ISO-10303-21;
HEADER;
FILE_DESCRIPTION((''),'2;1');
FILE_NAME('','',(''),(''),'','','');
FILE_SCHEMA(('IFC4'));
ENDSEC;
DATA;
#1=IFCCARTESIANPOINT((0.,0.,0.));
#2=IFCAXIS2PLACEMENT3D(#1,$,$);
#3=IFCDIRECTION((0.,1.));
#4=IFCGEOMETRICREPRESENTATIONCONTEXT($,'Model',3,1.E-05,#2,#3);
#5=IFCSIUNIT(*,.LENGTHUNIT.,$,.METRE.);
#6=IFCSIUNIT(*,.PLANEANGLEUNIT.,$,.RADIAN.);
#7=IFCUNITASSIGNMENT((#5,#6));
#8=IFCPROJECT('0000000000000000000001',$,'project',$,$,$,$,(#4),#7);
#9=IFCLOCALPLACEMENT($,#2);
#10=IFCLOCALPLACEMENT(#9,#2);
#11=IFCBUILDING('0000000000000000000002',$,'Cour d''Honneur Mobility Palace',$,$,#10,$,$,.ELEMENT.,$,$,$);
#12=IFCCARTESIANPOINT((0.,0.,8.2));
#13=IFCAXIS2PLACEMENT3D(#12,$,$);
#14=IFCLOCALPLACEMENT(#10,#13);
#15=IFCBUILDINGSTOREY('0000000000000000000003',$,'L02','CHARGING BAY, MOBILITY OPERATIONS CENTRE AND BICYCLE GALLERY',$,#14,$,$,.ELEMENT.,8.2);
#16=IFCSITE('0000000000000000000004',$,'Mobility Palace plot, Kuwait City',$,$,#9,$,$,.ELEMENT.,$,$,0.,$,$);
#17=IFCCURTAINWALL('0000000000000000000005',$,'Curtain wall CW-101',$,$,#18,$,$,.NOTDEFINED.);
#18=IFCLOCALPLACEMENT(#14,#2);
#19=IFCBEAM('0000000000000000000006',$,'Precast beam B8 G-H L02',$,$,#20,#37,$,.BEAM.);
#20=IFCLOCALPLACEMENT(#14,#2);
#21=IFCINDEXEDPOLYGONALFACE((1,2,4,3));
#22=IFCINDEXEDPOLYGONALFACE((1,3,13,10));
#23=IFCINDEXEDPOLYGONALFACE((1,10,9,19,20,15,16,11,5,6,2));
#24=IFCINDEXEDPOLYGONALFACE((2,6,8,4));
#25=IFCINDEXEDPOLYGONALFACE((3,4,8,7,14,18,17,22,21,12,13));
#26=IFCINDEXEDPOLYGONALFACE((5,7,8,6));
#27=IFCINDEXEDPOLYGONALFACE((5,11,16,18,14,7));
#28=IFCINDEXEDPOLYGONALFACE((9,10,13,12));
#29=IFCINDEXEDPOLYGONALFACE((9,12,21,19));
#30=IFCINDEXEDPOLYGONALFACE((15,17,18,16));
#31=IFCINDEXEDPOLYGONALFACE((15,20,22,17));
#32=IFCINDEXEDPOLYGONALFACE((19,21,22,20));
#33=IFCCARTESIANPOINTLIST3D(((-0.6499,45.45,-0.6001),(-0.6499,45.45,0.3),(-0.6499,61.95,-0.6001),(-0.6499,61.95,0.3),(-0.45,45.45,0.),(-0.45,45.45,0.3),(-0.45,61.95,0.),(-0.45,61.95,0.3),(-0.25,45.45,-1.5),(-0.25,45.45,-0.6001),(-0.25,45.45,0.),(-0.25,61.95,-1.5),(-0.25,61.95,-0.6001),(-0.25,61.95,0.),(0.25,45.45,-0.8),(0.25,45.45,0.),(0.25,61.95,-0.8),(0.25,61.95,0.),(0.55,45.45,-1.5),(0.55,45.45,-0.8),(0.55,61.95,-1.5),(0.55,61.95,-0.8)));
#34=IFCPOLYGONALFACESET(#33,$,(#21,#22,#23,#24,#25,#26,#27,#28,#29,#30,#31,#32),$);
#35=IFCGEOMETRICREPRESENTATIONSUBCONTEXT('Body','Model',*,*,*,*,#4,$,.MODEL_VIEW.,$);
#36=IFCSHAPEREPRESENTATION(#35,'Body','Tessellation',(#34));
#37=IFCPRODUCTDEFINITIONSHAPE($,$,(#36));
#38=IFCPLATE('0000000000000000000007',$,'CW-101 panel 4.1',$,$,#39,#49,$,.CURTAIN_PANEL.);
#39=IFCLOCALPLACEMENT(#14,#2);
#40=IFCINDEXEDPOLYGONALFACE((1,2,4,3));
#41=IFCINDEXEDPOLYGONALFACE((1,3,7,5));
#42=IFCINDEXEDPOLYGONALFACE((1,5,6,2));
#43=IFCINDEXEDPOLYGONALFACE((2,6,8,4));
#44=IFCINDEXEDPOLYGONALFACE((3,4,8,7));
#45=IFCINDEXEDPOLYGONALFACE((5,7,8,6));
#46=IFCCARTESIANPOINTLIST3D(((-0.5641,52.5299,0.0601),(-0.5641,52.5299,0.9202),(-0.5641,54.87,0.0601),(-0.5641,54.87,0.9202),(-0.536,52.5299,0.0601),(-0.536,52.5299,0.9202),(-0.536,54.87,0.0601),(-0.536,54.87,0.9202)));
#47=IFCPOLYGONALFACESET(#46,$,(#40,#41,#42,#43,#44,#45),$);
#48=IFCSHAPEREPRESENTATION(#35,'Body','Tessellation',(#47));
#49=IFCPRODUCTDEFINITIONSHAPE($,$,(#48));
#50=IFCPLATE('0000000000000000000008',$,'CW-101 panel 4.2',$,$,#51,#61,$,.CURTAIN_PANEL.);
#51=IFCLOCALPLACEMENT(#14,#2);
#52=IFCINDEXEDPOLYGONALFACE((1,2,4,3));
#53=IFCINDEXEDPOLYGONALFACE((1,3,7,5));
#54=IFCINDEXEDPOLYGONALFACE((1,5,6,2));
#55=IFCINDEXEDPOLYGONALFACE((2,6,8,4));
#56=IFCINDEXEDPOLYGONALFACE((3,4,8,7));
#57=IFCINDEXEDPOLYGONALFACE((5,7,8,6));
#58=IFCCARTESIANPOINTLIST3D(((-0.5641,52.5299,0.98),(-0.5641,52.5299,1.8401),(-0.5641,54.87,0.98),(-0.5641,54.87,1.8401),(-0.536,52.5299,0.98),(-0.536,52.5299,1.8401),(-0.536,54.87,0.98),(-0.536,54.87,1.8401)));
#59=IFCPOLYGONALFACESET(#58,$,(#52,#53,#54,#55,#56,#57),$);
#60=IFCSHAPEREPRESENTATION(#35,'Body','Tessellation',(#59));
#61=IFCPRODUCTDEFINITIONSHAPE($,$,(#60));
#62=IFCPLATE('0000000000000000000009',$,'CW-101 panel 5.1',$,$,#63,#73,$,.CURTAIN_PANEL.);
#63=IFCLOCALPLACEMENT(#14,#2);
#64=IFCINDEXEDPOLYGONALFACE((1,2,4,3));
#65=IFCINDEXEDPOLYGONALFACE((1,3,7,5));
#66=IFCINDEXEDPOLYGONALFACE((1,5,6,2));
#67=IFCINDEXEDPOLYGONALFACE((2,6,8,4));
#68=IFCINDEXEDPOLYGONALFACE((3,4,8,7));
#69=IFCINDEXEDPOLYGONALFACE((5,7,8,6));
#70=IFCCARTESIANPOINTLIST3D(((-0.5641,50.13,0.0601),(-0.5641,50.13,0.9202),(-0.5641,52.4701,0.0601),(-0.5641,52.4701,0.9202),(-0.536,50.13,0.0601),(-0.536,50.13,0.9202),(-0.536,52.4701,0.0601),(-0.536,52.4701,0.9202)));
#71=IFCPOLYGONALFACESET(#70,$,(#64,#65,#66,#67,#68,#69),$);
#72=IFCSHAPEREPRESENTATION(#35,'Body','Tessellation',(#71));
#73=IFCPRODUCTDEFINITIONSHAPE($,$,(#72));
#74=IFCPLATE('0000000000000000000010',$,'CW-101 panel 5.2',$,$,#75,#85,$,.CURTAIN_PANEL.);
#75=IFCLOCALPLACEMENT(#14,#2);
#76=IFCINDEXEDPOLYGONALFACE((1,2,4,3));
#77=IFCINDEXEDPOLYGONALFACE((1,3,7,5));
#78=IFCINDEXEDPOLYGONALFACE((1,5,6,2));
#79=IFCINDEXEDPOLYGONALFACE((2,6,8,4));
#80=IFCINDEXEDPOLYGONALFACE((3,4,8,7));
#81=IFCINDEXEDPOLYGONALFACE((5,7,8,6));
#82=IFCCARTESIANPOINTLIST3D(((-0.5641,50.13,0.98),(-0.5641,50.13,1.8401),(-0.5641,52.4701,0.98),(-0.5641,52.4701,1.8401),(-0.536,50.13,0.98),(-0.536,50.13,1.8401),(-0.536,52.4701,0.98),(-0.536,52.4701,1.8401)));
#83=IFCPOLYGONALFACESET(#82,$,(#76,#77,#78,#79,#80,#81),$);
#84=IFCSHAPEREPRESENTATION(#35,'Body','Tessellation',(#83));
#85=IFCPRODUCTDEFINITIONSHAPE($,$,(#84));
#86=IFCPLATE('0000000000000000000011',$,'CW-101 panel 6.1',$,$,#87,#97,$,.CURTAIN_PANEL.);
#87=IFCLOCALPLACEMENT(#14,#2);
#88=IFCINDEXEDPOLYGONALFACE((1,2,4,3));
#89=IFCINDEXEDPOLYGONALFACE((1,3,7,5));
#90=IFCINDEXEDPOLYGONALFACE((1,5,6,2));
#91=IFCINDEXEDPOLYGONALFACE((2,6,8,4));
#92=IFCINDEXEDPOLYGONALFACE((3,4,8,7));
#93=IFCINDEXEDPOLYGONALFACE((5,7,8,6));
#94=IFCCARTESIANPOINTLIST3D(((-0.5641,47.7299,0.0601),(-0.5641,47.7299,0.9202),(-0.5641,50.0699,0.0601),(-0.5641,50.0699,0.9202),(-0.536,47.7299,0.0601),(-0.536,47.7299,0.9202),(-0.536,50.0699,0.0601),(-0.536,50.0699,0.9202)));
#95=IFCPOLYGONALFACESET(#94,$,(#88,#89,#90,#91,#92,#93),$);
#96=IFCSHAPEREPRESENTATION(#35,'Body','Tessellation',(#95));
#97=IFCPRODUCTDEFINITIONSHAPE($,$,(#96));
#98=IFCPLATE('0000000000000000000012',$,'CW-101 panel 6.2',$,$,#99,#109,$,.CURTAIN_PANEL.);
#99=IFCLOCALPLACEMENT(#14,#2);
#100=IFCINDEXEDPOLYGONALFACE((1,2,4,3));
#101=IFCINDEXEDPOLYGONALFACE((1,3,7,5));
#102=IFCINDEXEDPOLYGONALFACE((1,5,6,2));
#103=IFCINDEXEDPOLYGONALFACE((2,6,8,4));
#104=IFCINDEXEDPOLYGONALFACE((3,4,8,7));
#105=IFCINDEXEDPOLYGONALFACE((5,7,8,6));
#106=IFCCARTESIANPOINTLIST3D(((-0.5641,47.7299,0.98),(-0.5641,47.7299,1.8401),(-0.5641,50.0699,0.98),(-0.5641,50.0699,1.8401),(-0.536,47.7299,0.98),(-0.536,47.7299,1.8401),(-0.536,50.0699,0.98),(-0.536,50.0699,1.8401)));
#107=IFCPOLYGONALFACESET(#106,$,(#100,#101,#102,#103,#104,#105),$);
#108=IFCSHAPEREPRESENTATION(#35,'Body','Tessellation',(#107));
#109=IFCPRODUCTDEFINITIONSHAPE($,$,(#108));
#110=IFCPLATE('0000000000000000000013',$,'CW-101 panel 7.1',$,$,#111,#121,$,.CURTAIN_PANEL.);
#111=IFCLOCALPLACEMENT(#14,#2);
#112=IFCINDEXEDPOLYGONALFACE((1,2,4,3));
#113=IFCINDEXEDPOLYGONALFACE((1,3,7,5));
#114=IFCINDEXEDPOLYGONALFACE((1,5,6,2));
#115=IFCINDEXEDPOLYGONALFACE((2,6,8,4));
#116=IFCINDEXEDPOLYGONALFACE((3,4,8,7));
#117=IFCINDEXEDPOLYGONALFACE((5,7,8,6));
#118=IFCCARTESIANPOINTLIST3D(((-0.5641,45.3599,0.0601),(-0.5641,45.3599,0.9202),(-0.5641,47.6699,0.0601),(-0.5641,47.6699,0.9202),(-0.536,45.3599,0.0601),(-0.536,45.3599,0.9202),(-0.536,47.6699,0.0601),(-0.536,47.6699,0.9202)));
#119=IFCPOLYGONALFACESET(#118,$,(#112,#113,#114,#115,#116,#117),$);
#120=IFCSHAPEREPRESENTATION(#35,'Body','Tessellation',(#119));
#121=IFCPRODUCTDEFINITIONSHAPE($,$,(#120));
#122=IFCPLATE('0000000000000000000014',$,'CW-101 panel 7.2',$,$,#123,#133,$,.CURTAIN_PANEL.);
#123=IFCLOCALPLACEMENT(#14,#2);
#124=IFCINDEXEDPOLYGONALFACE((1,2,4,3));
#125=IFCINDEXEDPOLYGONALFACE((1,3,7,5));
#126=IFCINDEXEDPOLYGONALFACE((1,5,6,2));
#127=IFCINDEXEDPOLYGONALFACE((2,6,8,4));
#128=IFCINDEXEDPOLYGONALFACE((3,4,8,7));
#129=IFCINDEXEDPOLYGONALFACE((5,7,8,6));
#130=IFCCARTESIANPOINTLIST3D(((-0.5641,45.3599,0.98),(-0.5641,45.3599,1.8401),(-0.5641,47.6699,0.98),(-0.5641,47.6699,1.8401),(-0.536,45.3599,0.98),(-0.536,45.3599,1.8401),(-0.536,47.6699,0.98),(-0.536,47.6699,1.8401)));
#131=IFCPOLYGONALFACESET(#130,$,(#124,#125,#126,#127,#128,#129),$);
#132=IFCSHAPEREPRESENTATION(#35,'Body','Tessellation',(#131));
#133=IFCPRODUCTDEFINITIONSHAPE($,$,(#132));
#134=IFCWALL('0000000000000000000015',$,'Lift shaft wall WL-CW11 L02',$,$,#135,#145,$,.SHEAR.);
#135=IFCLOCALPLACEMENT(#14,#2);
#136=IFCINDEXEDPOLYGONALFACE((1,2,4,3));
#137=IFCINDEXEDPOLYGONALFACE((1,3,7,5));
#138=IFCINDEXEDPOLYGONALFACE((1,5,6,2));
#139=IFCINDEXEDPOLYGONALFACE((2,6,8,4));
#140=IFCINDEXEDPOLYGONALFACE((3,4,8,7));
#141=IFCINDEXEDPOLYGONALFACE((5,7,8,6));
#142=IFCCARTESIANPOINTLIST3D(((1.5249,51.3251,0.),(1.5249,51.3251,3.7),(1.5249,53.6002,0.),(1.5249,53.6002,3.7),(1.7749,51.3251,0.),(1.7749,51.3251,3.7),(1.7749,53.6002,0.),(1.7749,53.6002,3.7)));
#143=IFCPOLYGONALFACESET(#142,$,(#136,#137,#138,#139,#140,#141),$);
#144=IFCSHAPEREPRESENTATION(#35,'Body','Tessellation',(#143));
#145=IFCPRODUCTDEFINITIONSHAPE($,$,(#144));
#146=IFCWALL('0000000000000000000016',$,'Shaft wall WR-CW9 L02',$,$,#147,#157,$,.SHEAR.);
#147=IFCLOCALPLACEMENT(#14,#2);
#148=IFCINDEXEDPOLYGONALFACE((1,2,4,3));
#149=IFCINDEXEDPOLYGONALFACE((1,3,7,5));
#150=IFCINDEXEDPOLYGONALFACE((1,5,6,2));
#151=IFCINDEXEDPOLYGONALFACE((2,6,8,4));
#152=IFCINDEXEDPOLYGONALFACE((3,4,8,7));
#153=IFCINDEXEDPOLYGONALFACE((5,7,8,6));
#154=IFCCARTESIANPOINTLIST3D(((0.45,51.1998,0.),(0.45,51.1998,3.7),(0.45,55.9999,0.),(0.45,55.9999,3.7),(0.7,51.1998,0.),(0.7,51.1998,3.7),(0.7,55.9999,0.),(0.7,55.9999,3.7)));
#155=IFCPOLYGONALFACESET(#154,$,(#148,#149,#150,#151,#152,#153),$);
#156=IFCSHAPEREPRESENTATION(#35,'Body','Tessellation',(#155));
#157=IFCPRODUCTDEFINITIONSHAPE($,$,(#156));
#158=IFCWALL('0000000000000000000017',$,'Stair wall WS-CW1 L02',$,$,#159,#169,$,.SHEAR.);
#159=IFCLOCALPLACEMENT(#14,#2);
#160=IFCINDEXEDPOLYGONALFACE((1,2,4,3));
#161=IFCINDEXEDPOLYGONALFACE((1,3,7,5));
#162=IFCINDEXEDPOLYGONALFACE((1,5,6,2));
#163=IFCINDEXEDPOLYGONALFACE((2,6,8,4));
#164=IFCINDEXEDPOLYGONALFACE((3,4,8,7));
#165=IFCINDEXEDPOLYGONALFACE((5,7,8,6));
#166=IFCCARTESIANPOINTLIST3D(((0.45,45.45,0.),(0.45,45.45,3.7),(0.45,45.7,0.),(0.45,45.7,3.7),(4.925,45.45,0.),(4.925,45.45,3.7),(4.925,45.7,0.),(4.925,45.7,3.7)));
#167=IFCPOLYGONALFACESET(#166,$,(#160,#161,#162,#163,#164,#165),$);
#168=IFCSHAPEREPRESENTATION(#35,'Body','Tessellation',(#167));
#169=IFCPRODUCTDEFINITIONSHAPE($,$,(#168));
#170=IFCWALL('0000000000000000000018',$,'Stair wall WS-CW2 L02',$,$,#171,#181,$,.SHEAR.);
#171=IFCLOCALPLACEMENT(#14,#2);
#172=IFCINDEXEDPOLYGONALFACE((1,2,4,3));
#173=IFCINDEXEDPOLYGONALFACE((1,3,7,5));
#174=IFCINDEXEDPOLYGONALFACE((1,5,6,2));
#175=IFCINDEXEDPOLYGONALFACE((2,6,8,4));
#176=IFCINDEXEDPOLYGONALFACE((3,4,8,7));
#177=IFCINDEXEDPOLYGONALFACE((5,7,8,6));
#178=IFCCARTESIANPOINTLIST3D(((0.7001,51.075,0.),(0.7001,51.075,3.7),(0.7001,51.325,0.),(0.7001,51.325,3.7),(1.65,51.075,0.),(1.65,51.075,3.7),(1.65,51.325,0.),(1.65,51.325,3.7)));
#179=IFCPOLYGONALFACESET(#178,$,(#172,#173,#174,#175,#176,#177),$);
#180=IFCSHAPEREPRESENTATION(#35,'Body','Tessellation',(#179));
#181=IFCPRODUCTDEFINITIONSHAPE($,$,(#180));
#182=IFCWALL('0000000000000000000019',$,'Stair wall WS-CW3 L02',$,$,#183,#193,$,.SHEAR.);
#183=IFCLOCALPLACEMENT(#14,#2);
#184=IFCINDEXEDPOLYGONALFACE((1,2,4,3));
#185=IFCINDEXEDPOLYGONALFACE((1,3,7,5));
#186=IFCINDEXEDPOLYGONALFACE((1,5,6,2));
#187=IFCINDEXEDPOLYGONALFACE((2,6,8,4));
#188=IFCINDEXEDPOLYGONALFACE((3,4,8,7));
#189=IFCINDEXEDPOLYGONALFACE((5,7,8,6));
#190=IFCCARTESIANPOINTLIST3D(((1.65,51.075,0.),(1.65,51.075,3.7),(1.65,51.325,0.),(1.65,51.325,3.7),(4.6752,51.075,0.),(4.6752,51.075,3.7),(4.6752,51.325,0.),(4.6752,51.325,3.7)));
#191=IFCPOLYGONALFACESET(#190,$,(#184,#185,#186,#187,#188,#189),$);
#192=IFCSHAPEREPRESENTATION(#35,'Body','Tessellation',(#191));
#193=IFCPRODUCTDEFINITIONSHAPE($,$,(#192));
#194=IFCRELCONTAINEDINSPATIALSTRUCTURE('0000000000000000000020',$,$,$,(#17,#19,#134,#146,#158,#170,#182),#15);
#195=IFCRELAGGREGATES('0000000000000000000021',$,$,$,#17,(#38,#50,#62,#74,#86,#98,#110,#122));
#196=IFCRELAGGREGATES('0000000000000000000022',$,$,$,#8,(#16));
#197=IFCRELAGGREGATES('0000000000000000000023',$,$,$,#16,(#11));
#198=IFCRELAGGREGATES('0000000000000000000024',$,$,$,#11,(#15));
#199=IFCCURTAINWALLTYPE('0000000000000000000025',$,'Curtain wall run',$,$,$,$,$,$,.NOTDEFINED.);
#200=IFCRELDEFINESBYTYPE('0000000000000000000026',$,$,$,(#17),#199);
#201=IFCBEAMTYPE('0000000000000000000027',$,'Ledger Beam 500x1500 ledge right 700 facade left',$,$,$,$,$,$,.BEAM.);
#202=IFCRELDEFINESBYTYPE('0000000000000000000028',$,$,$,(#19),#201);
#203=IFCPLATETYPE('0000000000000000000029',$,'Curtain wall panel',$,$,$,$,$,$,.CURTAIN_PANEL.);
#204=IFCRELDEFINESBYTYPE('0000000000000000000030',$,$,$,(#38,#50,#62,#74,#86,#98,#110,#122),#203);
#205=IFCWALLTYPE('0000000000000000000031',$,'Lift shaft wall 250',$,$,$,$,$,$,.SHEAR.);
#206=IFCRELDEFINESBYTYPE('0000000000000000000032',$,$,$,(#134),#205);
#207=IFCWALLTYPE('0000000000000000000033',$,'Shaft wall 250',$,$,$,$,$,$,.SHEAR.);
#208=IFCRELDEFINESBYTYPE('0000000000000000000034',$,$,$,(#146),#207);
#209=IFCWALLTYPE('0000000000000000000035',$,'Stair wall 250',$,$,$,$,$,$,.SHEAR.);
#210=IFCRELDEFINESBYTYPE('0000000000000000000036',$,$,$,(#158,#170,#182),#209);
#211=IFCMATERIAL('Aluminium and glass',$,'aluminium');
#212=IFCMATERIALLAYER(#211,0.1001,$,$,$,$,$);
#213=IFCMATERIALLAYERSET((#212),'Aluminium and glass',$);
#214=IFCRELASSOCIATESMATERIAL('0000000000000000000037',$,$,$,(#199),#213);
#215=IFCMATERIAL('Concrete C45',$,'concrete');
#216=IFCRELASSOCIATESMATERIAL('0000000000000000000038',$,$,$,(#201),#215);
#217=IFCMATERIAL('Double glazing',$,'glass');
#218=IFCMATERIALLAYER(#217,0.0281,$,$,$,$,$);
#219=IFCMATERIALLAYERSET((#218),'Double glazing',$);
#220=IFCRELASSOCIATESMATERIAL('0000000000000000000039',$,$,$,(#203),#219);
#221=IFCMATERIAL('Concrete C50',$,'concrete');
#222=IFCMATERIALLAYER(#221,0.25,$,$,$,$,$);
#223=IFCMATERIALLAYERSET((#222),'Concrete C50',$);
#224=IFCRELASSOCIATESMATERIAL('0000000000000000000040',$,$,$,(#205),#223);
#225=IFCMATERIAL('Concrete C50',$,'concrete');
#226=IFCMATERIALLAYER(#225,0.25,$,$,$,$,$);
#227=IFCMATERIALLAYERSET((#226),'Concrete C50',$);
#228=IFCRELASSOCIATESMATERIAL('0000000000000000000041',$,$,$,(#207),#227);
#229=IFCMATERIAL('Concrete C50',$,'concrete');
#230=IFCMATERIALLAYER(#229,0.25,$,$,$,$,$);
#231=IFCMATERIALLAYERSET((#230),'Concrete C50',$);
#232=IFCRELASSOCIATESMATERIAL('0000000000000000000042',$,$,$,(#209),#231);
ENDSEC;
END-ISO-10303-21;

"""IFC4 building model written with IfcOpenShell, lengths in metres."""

from ifc_helpers import new_model, si_unit, direction, frame, frame_2d, origin, origin_2d, place, context, subcontext, project, spatial, polyline, rectangle, outline, extrude, material, layer, layer_set, material_profile, profile_set, type_object, element, aggregate, save


model = new_model("IFC4")

# Units and contexts
model_context = context("Model", 3, precision=1e-05, world=origin(), true_north=direction((0.0, 1.0)))
body_context = subcontext(model_context, "Body", "Model", "MODEL_VIEW")
ifc_project = project(units=[si_unit("LENGTHUNIT", "METRE"), si_unit("PLANEANGLEUNIT", "RADIAN")], contexts=[model_context])

# Site, building, storey
site_placement = place(None, origin())
site = spatial("IfcSite", under=ifc_project, at=site_placement, Name="Mobility Palace plot, Kuwait City", CompositionType="ELEMENT", RefElevation=0.0)
building_placement = place(site_placement, origin())
building = spatial("IfcBuilding", under=site, at=building_placement, Name="Cour d'Honneur Mobility Palace", CompositionType="ELEMENT")
storey_placement = place(building_placement, frame((0.0, 0.0, 8.2)))
storey = spatial("IfcBuildingStorey", under=building, at=storey_placement, Name="L02", Description="CHARGING BAY, MOBILITY OPERATIONS CENTRE AND BICYCLE GALLERY", CompositionType="ELEMENT", Elevation=8.2)

# Curtain wall
ifc_material_1 = material(Name="Aluminium and glass", Category="aluminium")
ifc_layer_1 = layer(ifc_material_1, 0.1001)
ifc_layer_set_1 = layer_set([ifc_layer_1], Name="Aluminium and glass")
curtain_wall_type = type_object("IfcCurtainWallType", Name="Curtain wall run", PredefinedType="NOTDEFINED", material=ifc_layer_set_1)
curtain_wall_placement = place(storey_placement, origin())
curtain_wall = element("IfcCurtainWall", 1, at=curtain_wall_placement, inside=storey, type_object=curtain_wall_type, Name="Curtain wall CW-101", PredefinedType="NOTDEFINED")

# Beam
ifc_material_2 = material(Name="Concrete C45", Category="concrete")
ifc_material_profile_1 = material_profile(ifc_material_2, outline(polyline([(0.25, -1.5), (0.25, -0.6001), (0.6499, -0.6001), (0.6499, 0.3), (0.45, 0.3), (0.45, 0.0), (0.25, 0.0), (-0.25, 0.0), (-0.25, -0.8), (-0.55, -0.8), (-0.55, -1.5), (0.25, -1.5)])), Name="Ledger Beam 500x1500 ledge right 700 facade left")
ifc_profile_set_1 = profile_set([ifc_material_profile_1], Name="Concrete C45")
beam_type = type_object("IfcBeamType", Name="Ledger Beam 500x1500 ledge right 700 facade left", PredefinedType="BEAM", material=ifc_profile_set_1)
beam_placement = place(storey_placement, frame((0.0, 45.45, 0.0), z_axis=(0.0, 1.0, 0.0), x_axis=(-1.0, 0.0, 0.0)))
element("IfcBeam", 2, at=beam_placement, inside=storey, type_object=beam_type, Name="Precast beam B8 G-H L02", PredefinedType="BEAM", context=body_context, shape_type="SweptSolid", body=[
    extrude(outline(polyline([(0.25, -1.5), (0.25, -0.6001), (0.6499, -0.6001), (0.6499, 0.3), (0.45, 0.3), (0.45, 0.0), (0.25, 0.0), (-0.25, 0.0), (-0.25, -0.8), (-0.55, -0.8), (-0.55, -1.5), (0.25, -1.5)])), origin(), (0.0, 0.0, 1.0), 16.5),
])

# Plates
ifc_material_3 = material(Name="Double glazing", Category="glass")
ifc_layer_2 = layer(ifc_material_3, 0.0281)
ifc_layer_set_2 = layer_set([ifc_layer_2], Name="Double glazing")
plate_type = type_object("IfcPlateType", Name="Curtain wall panel", PredefinedType="CURTAIN_PANEL", material=ifc_layer_set_2)
plate_1_placement = place(storey_placement, frame((-0.55, 53.7, 0.0601), z_axis=(0.0, 0.0, 1.0), x_axis=(0.0, -1.0, 0.0)))
plate_1 = element("IfcPlate", 3, at=plate_1_placement, type_object=plate_type, Name="CW-101 panel 4.1", PredefinedType="CURTAIN_PANEL", context=body_context, shape_type="SweptSolid", body=[
    extrude(rectangle(XDim=2.3401, YDim=0.0281, at=origin_2d()), origin(), (0.0, 0.0, 1.0), 0.8601),
])
plate_2_placement = place(storey_placement, frame((-0.55, 53.7, 0.98), z_axis=(0.0, 0.0, 1.0), x_axis=(0.0, -1.0, 0.0)))
plate_2 = element("IfcPlate", 4, at=plate_2_placement, type_object=plate_type, Name="CW-101 panel 4.2", PredefinedType="CURTAIN_PANEL", context=body_context, shape_type="SweptSolid", body=[
    extrude(rectangle(XDim=2.3401, YDim=0.0281, at=origin_2d()), origin(), (0.0, 0.0, 1.0), 0.8601),
])
plate_3_placement = place(storey_placement, frame((-0.55, 51.3, 0.0601), z_axis=(0.0, 0.0, 1.0), x_axis=(0.0, -1.0, 0.0)))
plate_3 = element("IfcPlate", 5, at=plate_3_placement, type_object=plate_type, Name="CW-101 panel 5.1", PredefinedType="CURTAIN_PANEL", context=body_context, shape_type="SweptSolid", body=[
    extrude(rectangle(XDim=2.3401, YDim=0.0281, at=origin_2d()), origin(), (0.0, 0.0, 1.0), 0.8601),
])
plate_4_placement = place(storey_placement, frame((-0.55, 51.3, 0.98), z_axis=(0.0, 0.0, 1.0), x_axis=(0.0, -1.0, 0.0)))
plate_4 = element("IfcPlate", 6, at=plate_4_placement, type_object=plate_type, Name="CW-101 panel 5.2", PredefinedType="CURTAIN_PANEL", context=body_context, shape_type="SweptSolid", body=[
    extrude(rectangle(XDim=2.3401, YDim=0.0281, at=origin_2d()), origin(), (0.0, 0.0, 1.0), 0.8601),
])
plate_5_placement = place(storey_placement, frame((-0.55, 48.8999, 0.0601), z_axis=(0.0, 0.0, 1.0), x_axis=(0.0, -1.0, 0.0)))
plate_5 = element("IfcPlate", 7, at=plate_5_placement, type_object=plate_type, Name="CW-101 panel 6.1", PredefinedType="CURTAIN_PANEL", context=body_context, shape_type="SweptSolid", body=[
    extrude(rectangle(XDim=2.3401, YDim=0.0281, at=origin_2d()), origin(), (0.0, 0.0, 1.0), 0.8601),
])
plate_6_placement = place(storey_placement, frame((-0.55, 48.8999, 0.98), z_axis=(0.0, 0.0, 1.0), x_axis=(0.0, -1.0, 0.0)))
plate_6 = element("IfcPlate", 8, at=plate_6_placement, type_object=plate_type, Name="CW-101 panel 6.2", PredefinedType="CURTAIN_PANEL", context=body_context, shape_type="SweptSolid", body=[
    extrude(rectangle(XDim=2.3401, YDim=0.0281, at=origin_2d()), origin(), (0.0, 0.0, 1.0), 0.8601),
])
plate_7_placement = place(storey_placement, frame((-0.55, 46.5149, 0.0601), z_axis=(0.0, 0.0, 1.0), x_axis=(0.0, -1.0, 0.0)))
plate_7 = element("IfcPlate", 9, at=plate_7_placement, type_object=plate_type, Name="CW-101 panel 7.1", PredefinedType="CURTAIN_PANEL", context=body_context, shape_type="SweptSolid", body=[
    extrude(rectangle(XDim=2.3101, YDim=0.0281, at=origin_2d()), origin(), (0.0, 0.0, 1.0), 0.8601),
])
plate_8_placement = place(storey_placement, frame((-0.55, 46.5149, 0.98), z_axis=(0.0, 0.0, 1.0), x_axis=(0.0, -1.0, 0.0)))
plate_8 = element("IfcPlate", 10, at=plate_8_placement, type_object=plate_type, Name="CW-101 panel 7.2", PredefinedType="CURTAIN_PANEL", context=body_context, shape_type="SweptSolid", body=[
    extrude(rectangle(XDim=2.3101, YDim=0.0281, at=origin_2d()), origin(), (0.0, 0.0, 1.0), 0.8601),
])
aggregate(curtain_wall, [plate_1, plate_2, plate_3, plate_4, plate_5, plate_6, plate_7, plate_8])

# Walls
ifc_material_4 = material(Name="Concrete C50", Category="concrete")
ifc_layer_3 = layer(ifc_material_4, 0.25)
ifc_layer_set_3 = layer_set([ifc_layer_3], Name="Concrete C50")
wall_type_1 = type_object("IfcWallType", Name="Lift shaft wall 250", PredefinedType="SHEAR", material=ifc_layer_set_3)
wall_1_placement = place(storey_placement, frame((1.6499, 51.325, 0.0), z_axis=(0.0, 0.0, 1.0), x_axis=(0.0, 1.0, 0.0)))
element("IfcWall", 11, at=wall_1_placement, inside=storey, type_object=wall_type_1, Name="Lift shaft wall WL-CW11 L02", PredefinedType="SHEAR", context=body_context, shape_type="SweptSolid", body=[
    extrude(rectangle(XDim=2.2751, YDim=0.25, at=frame_2d((1.1377, 0.0))), origin(), (0.0, 0.0, 1.0), 3.7),
])
ifc_material_5 = material(Name="Concrete C50", Category="concrete")
ifc_layer_4 = layer(ifc_material_5, 0.25)
ifc_layer_set_4 = layer_set([ifc_layer_4], Name="Concrete C50")
wall_type_2 = type_object("IfcWallType", Name="Shaft wall 250", PredefinedType="SHEAR", material=ifc_layer_set_4)
wall_2_placement = place(storey_placement, frame((0.575, 51.2, 0.0), z_axis=(0.0, 0.0, 1.0), x_axis=(0.0, 1.0, 0.0)))
element("IfcWall", 12, at=wall_2_placement, inside=storey, type_object=wall_type_2, Name="Shaft wall WR-CW9 L02", PredefinedType="SHEAR", context=body_context, shape_type="SweptSolid", body=[
    extrude(rectangle(XDim=4.8, YDim=0.25, at=frame_2d((2.3999, 0.0))), origin(), (0.0, 0.0, 1.0), 3.7),
])
ifc_material_6 = material(Name="Concrete C50", Category="concrete")
ifc_layer_5 = layer(ifc_material_6, 0.25)
ifc_layer_set_5 = layer_set([ifc_layer_5], Name="Concrete C50")
wall_type_3 = type_object("IfcWallType", Name="Stair wall 250", PredefinedType="SHEAR", material=ifc_layer_set_5)
wall_3_placement = place(storey_placement, frame((0.45, 45.575, 0.0), z_axis=(0.0, 0.0, 1.0), x_axis=(1.0, 0.0, 0.0)))
element("IfcWall", 13, at=wall_3_placement, inside=storey, type_object=wall_type_3, Name="Stair wall WS-CW1 L02", PredefinedType="SHEAR", context=body_context, shape_type="SweptSolid", body=[
    extrude(rectangle(XDim=4.4751, YDim=0.25, at=frame_2d((2.2375, 0.0))), origin(), (0.0, 0.0, 1.0), 3.7),
])
wall_4_placement = place(storey_placement, frame((0.7, 51.2, 0.0), z_axis=(0.0, 0.0, 1.0), x_axis=(1.0, 0.0, 0.0)))
element("IfcWall", 14, at=wall_4_placement, inside=storey, type_object=wall_type_3, Name="Stair wall WS-CW2 L02", PredefinedType="SHEAR", context=body_context, shape_type="SweptSolid", body=[
    extrude(rectangle(XDim=0.95, YDim=0.25, at=frame_2d((0.4751, 0.0))), origin(), (0.0, 0.0, 1.0), 3.7),
])
wall_5_placement = place(storey_placement, frame((1.6499, 51.2, 0.0), z_axis=(0.0, 0.0, 1.0), x_axis=(1.0, 0.0, 0.0)))
element("IfcWall", 15, at=wall_5_placement, inside=storey, type_object=wall_type_3, Name="Stair wall WS-CW3 L02", PredefinedType="SHEAR", context=body_context, shape_type="SweptSolid", body=[
    extrude(rectangle(XDim=3.0251, YDim=0.25, at=frame_2d((1.5127, 0.0))), origin(), (0.0, 0.0, 1.0), 3.7),
])

save(model, "model.ifc")
